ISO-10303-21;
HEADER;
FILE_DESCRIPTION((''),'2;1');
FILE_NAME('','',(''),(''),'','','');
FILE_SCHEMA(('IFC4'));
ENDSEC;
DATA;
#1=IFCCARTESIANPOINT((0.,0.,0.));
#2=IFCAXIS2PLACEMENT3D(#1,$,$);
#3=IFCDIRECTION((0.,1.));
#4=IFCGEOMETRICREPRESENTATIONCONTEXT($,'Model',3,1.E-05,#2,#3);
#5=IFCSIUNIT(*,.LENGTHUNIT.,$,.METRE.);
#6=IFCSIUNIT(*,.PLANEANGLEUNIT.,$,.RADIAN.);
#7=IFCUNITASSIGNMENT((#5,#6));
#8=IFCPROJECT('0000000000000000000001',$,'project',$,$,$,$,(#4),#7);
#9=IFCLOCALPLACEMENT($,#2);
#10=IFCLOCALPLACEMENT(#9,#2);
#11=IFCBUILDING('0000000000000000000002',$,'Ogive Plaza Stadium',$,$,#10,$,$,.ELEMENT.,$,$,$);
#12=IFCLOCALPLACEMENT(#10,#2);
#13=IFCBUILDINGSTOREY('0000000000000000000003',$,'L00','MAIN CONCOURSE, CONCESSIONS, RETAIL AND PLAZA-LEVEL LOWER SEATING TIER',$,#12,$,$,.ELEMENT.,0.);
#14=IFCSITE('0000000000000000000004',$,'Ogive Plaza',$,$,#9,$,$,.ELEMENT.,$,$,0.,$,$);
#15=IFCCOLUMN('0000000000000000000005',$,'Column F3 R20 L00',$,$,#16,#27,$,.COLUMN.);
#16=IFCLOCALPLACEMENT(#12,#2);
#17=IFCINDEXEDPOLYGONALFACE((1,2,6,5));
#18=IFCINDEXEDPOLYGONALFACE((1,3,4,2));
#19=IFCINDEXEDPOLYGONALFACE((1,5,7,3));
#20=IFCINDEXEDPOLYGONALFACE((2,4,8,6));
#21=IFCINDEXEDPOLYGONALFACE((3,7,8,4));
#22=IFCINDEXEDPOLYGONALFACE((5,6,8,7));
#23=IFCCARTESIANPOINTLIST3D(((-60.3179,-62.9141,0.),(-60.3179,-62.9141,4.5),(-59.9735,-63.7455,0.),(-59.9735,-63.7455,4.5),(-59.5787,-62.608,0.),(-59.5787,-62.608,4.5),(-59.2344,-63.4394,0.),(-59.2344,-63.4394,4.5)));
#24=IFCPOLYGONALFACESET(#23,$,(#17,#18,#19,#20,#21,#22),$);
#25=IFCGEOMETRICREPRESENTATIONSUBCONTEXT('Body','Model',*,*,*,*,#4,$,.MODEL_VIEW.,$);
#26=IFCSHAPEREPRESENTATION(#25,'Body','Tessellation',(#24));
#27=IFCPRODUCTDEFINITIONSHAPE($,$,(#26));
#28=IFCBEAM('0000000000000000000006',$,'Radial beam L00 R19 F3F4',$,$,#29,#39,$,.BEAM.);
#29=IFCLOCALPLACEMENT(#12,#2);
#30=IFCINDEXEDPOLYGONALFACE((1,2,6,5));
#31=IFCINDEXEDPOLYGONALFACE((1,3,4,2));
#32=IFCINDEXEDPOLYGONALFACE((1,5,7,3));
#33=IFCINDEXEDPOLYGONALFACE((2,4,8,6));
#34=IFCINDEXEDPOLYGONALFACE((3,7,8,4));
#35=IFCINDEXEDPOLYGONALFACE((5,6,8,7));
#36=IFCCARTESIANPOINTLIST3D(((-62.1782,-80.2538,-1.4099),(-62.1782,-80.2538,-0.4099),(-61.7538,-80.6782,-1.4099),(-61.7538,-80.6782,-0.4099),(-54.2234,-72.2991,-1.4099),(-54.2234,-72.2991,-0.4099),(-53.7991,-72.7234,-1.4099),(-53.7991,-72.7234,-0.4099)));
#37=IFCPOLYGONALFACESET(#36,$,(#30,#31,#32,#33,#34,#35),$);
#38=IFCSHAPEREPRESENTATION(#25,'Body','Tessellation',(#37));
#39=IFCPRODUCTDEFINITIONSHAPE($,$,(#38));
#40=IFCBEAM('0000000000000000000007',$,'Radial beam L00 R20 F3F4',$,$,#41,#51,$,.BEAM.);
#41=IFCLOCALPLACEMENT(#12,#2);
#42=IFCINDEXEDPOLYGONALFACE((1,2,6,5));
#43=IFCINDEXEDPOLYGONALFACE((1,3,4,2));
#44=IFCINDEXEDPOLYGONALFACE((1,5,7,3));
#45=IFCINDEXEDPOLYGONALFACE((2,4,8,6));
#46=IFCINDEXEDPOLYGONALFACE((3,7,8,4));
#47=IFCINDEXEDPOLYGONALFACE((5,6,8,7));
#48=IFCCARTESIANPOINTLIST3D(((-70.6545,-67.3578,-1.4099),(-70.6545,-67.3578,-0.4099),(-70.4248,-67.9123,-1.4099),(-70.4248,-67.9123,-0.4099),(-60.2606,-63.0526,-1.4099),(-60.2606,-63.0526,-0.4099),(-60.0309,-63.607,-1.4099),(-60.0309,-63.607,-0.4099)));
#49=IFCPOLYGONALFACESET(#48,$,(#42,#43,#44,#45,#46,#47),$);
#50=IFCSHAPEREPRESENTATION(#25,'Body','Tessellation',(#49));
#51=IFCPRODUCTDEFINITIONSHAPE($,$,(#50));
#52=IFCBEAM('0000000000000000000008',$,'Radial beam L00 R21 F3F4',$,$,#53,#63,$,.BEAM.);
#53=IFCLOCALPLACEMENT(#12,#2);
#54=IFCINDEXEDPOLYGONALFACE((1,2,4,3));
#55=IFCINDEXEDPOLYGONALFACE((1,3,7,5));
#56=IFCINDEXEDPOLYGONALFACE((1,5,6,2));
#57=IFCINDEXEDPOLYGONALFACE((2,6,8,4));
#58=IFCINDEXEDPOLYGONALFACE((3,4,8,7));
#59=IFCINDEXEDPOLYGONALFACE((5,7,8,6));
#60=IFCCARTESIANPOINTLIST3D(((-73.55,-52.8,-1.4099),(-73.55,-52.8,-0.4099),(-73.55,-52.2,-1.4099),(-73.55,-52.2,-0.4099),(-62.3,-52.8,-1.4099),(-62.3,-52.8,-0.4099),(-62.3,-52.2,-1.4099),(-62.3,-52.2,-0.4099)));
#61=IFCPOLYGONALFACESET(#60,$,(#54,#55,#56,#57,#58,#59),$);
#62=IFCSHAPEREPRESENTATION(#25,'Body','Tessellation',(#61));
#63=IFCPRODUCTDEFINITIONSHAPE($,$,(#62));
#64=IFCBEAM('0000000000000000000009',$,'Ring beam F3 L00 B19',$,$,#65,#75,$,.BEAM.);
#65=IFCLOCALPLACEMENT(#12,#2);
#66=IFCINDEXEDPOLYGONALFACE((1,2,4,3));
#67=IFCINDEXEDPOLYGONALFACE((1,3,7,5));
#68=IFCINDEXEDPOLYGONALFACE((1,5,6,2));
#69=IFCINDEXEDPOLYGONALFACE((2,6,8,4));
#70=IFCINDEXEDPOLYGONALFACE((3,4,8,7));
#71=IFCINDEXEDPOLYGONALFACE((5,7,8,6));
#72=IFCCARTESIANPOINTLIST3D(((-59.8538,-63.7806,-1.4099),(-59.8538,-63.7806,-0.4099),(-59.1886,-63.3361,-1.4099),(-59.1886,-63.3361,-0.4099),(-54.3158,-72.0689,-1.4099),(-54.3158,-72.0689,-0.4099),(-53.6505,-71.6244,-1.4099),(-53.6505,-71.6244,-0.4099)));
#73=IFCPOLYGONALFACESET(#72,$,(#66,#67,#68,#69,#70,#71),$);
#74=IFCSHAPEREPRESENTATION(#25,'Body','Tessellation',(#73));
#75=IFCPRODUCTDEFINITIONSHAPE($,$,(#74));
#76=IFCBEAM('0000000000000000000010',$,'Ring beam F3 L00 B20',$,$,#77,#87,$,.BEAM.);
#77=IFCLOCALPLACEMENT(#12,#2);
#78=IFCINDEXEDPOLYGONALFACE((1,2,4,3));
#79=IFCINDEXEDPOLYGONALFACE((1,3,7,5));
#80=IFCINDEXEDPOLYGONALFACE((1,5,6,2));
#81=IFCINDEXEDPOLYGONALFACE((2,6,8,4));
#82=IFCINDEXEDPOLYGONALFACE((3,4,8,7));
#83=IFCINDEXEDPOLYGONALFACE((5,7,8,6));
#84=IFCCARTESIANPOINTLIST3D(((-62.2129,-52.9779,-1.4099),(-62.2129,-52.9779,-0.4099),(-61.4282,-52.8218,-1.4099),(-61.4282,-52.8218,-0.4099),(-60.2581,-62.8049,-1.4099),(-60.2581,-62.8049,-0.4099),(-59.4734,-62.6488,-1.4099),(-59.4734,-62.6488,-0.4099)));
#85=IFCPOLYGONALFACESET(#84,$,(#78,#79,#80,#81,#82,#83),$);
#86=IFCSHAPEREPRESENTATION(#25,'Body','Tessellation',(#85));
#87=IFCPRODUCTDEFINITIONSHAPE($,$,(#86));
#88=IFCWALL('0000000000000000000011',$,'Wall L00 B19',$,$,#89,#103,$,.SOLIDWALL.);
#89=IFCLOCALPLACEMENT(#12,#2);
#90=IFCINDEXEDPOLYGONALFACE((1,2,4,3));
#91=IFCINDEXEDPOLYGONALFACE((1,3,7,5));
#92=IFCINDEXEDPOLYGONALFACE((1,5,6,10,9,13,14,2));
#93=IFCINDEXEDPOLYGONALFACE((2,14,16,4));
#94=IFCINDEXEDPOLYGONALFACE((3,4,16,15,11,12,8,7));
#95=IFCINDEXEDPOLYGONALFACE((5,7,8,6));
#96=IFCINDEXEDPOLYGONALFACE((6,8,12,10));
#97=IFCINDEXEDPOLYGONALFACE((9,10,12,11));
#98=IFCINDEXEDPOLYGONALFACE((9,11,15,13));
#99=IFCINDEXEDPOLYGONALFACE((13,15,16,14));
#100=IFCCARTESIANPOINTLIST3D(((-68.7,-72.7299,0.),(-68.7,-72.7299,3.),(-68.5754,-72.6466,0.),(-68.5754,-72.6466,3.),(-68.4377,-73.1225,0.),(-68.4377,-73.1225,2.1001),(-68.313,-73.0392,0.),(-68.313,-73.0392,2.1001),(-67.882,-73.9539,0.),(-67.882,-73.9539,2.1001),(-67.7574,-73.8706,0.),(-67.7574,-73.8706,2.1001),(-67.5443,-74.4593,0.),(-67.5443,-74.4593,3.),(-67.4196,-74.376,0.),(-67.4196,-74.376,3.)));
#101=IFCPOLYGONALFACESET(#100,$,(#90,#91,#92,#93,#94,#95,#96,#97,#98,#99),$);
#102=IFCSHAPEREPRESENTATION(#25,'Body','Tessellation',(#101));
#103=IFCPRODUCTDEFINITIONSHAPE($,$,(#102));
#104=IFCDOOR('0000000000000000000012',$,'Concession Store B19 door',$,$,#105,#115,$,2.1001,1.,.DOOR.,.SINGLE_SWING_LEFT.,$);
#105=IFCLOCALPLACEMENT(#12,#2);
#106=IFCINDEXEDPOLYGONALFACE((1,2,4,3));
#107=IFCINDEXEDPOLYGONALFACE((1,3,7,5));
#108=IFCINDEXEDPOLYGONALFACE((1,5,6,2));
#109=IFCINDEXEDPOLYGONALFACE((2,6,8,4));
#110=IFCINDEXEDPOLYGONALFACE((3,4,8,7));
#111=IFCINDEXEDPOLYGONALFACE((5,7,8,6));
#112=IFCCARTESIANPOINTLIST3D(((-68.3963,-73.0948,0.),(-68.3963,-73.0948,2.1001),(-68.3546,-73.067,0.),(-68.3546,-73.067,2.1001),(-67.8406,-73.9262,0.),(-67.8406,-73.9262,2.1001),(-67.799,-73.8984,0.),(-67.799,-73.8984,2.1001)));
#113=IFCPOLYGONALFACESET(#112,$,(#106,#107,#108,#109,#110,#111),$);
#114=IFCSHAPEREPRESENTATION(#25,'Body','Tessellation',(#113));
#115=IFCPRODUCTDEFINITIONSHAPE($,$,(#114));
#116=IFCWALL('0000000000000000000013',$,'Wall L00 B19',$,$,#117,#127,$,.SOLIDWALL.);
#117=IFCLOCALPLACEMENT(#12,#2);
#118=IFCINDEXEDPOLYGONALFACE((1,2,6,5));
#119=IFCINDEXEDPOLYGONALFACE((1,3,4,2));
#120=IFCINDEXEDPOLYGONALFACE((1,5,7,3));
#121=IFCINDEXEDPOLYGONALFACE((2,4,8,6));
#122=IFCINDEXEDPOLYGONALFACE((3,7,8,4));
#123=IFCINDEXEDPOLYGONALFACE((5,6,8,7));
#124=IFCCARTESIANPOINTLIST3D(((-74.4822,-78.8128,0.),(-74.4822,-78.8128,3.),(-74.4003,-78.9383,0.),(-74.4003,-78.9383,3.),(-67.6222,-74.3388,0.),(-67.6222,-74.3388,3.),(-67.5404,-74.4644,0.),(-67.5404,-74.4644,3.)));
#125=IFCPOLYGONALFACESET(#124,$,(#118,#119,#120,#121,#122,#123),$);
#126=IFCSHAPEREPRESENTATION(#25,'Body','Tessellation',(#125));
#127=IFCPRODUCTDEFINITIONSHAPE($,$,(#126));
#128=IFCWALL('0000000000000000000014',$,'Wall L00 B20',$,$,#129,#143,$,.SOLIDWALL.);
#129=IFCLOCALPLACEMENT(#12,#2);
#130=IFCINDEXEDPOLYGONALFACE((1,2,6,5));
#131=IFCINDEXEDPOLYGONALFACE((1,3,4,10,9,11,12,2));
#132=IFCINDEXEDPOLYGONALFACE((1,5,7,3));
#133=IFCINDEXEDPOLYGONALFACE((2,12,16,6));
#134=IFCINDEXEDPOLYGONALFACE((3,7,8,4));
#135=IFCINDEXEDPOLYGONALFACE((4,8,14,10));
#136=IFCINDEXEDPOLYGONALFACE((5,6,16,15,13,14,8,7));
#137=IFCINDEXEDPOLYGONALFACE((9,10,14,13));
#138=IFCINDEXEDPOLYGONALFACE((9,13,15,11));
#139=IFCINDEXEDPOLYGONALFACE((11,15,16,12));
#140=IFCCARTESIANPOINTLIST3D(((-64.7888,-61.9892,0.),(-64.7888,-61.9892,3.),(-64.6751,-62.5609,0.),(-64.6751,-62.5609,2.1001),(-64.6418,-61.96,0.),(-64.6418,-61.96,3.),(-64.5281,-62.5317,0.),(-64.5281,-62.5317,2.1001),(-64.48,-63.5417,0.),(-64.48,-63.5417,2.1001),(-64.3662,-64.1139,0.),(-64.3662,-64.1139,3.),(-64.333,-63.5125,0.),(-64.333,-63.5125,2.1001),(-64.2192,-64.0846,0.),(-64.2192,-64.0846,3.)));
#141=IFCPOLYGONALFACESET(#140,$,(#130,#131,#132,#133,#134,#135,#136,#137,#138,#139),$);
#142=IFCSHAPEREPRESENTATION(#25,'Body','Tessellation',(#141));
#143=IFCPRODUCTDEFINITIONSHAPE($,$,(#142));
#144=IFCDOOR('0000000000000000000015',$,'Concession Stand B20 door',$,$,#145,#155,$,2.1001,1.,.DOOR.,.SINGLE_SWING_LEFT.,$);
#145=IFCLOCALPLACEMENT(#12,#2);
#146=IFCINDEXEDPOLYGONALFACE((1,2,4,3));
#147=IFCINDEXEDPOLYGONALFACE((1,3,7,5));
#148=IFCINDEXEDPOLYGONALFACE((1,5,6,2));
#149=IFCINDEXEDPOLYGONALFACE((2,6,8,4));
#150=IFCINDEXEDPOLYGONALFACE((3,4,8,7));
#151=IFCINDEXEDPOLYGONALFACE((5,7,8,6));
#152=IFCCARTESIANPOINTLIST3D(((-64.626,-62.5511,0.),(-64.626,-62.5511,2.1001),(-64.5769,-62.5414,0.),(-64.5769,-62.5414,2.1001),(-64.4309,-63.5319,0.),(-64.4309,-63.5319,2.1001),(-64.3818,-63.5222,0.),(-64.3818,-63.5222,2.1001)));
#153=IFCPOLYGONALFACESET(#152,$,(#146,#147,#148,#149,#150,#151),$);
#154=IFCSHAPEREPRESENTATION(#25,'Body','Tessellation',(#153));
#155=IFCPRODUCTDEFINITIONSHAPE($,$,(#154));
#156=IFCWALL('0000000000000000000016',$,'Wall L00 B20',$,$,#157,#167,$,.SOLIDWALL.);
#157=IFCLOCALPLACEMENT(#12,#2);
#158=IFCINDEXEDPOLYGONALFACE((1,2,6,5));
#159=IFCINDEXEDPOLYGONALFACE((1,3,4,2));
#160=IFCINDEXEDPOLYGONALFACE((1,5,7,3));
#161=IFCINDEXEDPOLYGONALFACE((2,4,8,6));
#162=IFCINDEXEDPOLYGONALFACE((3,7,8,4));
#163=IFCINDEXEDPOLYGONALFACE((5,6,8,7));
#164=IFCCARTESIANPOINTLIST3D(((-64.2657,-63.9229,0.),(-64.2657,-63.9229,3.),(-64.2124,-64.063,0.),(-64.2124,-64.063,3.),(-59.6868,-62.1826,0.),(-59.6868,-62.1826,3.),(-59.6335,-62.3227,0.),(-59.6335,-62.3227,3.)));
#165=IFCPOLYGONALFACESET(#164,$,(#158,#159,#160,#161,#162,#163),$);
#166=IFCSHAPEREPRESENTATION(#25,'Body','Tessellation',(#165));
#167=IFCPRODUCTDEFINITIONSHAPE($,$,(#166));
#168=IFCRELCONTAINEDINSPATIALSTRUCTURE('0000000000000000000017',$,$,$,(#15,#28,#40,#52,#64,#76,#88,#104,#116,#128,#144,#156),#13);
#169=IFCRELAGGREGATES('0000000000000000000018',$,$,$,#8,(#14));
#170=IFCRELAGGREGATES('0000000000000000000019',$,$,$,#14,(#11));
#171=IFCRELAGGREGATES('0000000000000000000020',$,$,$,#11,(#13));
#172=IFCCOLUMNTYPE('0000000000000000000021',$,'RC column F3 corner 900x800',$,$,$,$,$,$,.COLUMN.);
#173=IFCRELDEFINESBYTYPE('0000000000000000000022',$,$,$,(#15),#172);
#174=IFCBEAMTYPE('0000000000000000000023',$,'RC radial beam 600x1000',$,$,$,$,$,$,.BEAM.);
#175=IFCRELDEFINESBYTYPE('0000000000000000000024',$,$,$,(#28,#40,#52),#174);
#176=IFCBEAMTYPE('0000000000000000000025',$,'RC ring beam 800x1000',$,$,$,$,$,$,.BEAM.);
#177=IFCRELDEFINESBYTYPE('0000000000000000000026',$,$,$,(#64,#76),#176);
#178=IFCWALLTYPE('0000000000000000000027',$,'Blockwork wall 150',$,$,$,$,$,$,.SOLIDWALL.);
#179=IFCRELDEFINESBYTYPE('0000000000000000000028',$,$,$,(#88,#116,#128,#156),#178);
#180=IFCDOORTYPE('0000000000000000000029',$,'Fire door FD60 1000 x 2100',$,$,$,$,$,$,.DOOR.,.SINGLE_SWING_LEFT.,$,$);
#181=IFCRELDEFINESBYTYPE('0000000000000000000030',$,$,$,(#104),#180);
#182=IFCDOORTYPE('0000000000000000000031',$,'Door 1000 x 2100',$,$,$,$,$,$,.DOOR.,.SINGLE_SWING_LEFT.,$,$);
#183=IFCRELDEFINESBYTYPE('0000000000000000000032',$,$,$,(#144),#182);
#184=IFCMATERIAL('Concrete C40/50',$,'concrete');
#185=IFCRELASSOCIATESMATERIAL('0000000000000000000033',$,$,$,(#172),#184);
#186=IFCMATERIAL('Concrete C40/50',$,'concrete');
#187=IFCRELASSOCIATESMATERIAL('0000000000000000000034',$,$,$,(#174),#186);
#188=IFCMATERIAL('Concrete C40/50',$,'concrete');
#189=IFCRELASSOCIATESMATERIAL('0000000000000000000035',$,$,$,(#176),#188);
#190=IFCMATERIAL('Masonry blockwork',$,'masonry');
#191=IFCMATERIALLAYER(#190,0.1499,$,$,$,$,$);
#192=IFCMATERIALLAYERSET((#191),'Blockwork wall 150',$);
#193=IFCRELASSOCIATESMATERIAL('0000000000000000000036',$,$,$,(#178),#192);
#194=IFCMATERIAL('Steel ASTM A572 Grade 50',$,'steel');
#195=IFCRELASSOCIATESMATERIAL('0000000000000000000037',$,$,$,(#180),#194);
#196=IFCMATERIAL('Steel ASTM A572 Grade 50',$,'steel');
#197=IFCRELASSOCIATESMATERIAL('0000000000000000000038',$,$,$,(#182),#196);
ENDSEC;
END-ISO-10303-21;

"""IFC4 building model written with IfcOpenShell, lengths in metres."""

from ifc_helpers import new_model, si_unit, direction, frame, frame_2d, origin, origin_2d, place, context, subcontext, project, spatial, rectangle, extrude, material, layer, layer_set, material_profile, profile_set, type_object, element, fill, save


model = new_model("IFC4")

# Units and contexts
model_context = context("Model", 3, precision=1e-05, world=origin(), true_north=direction((0.0, 1.0)))
body_context = subcontext(model_context, "Body", "Model", "MODEL_VIEW")
ifc_project = project(units=[si_unit("LENGTHUNIT", "METRE"), si_unit("PLANEANGLEUNIT", "RADIAN")], contexts=[model_context])

# Site, building, storey
site_placement = place(None, origin())
site = spatial("IfcSite", under=ifc_project, at=site_placement, Name="Ogive Plaza", CompositionType="ELEMENT", RefElevation=0.0)
building_placement = place(site_placement, origin())
building = spatial("IfcBuilding", under=site, at=building_placement, Name="Ogive Plaza Stadium", CompositionType="ELEMENT")
storey_placement = place(building_placement, origin())
storey = spatial("IfcBuildingStorey", under=building, at=storey_placement, Name="L00", Description="MAIN CONCOURSE, CONCESSIONS, RETAIL AND PLAZA-LEVEL LOWER SEATING TIER", CompositionType="ELEMENT", Elevation=0.0)

# Column
ifc_material_1 = material(Name="Concrete C40/50", Category="concrete")
ifc_material_profile_1 = material_profile(ifc_material_1, rectangle(XDim=0.8999, YDim=0.8, at=origin_2d()), Name="RC 900x800")
ifc_profile_set_1 = profile_set([ifc_material_profile_1], Name="Concrete C40/50")
column_type = type_object("IfcColumnType", Name="RC column F3 corner 900x800", PredefinedType="COLUMN", material=ifc_profile_set_1)
column_placement = place(storey_placement, frame((-59.7761, -63.1768, 0.0), z_axis=(0.0, 0.0, 1.0), x_axis=(0.382683, -0.92388, 0.0)))
element("IfcColumn", 1, at=column_placement, inside=storey, type_object=column_type, Name="Column F3 R20 L00", PredefinedType="COLUMN", context=body_context, shape_type="SweptSolid", body=[
    extrude(rectangle(XDim=0.8999, YDim=0.8, at=origin_2d()), origin(), (0.0, 0.0, 1.0), 4.5),
])

# Beams
ifc_material_2 = material(Name="Concrete C40/50", Category="concrete")
ifc_material_profile_2 = material_profile(ifc_material_2, rectangle(XDim=0.6001, YDim=1.0, at=origin_2d()), Name="RC 600x1000")
ifc_profile_set_2 = profile_set([ifc_material_profile_2], Name="Concrete C40/50")
beam_type_1 = type_object("IfcBeamType", Name="RC radial beam 600x1000", PredefinedType="BEAM", material=ifc_profile_set_2)
beam_1_placement = place(storey_placement, frame((-54.0112, -72.5112, -0.9099), z_axis=(-0.707107, -0.707107, 0.0), x_axis=(0.707107, -0.707107, 0.0)))
element("IfcBeam", 2, at=beam_1_placement, inside=storey, type_object=beam_type_1, Name="Radial beam L00 R19 F3F4", PredefinedType="BEAM", context=body_context, shape_type="SweptSolid", body=[
    extrude(rectangle(XDim=0.6001, YDim=1.0, at=origin_2d()), origin(), (0.0, 0.0, 1.0), 11.2498),
])
beam_2_placement = place(storey_placement, frame((-60.1458, -63.3298, -0.9099), z_axis=(-0.923882, -0.382678, 0.0), x_axis=(0.382678, -0.923882, 0.0)))
element("IfcBeam", 3, at=beam_2_placement, inside=storey, type_object=beam_type_1, Name="Radial beam L00 R20 F3F4", PredefinedType="BEAM", context=body_context, shape_type="SweptSolid", body=[
    extrude(rectangle(XDim=0.6001, YDim=1.0, at=origin_2d()), origin(), (0.0, 0.0, 1.0), 11.2502),
])
beam_3_placement = place(storey_placement, frame((-62.3, -52.5, -0.9099), z_axis=(-1.0, 0.0, 0.0), x_axis=(0.0, -1.0, 0.0)))
element("IfcBeam", 4, at=beam_3_placement, inside=storey, type_object=beam_type_1, Name="Radial beam L00 R21 F3F4", PredefinedType="BEAM", context=body_context, shape_type="SweptSolid", body=[
    extrude(rectangle(XDim=0.6001, YDim=1.0, at=origin_2d()), origin(), (0.0, 0.0, 1.0), 11.25),
])
ifc_material_3 = material(Name="Concrete C40/50", Category="concrete")
ifc_material_profile_3 = material_profile(ifc_material_3, rectangle(XDim=0.8, YDim=1.0, at=origin_2d()), Name="RC 800x1000")
ifc_profile_set_3 = profile_set([ifc_material_profile_3], Name="Concrete C40/50")
beam_type_2 = type_object("IfcBeamType", Name="RC ring beam 800x1000", PredefinedType="BEAM", material=ifc_profile_set_3)
beam_4_placement = place(storey_placement, frame((-53.9832, -71.8467, -0.9099), z_axis=(-0.55557, 0.83147, 0.0), x_axis=(-0.83147, -0.55557, 0.0)))
element("IfcBeam", 5, at=beam_4_placement, inside=storey, type_object=beam_type_2, Name="Ring beam F3 L00 B19", PredefinedType="BEAM", context=body_context, shape_type="SweptSolid", body=[
    extrude(rectangle(XDim=0.8, YDim=1.0, at=origin_2d()), origin(), (0.0, 0.0, 1.0), 9.9683),
])
beam_5_placement = place(storey_placement, frame((-59.8657, -62.7268, -0.9099), z_axis=(-0.195104, 0.980783, 0.0), x_axis=(-0.980783, -0.195104, 0.0)))
element("IfcBeam", 6, at=beam_5_placement, inside=storey, type_object=beam_type_2, Name="Ring beam F3 L00 B20", PredefinedType="BEAM", context=body_context, shape_type="SweptSolid", body=[
    extrude(rectangle(XDim=0.8, YDim=1.0, at=origin_2d()), origin(), (0.0, 0.0, 1.0), 10.0195),
])

# Wall, opening, door
ifc_material_4 = material(Name="Masonry blockwork", Category="masonry")
ifc_layer_1 = layer(ifc_material_4, 0.1499)
ifc_layer_set_1 = layer_set([ifc_layer_1], Name="Blockwork wall 150")
wall_type_1 = type_object("IfcWallType", Name="Blockwork wall 150", PredefinedType="SOLIDWALL", material=ifc_layer_set_1)
wall_1_placement = place(storey_placement, frame((-68.6377, -72.6882, 0.0), z_axis=(0.0, 0.0, 1.0), x_axis=(0.555621, -0.831436, 0.0)))
wall_1 = element("IfcWall", 7, at=wall_1_placement, inside=storey, type_object=wall_type_1, Name="Wall L00 B19", PredefinedType="SOLIDWALL", context=body_context, shape_type="SweptSolid", body=[
    extrude(rectangle(XDim=2.0801, YDim=0.1499, at=frame_2d((1.04, 0.0))), origin(), (0.0, 0.0, 1.0), 3.0),
])
opening_1_placement = place(wall_1_placement, frame((0.4722, 0.0, 0.0)))
opening_1 = element("IfcOpeningElement", 8, at=opening_1_placement, cuts=wall_1, PredefinedType="OPENING", context=body_context, shape_type="SweptSolid", body=[
    extrude(rectangle(XDim=1.0, YDim=2.1001, at=frame_2d((0.5, 1.05))), frame((0.0, 0.075, 0.0), z_axis=(0.0, -1.0, 0.0), x_axis=(1.0, 0.0, 0.0)), (0.0, 0.0, 1.0), 0.1499),
])
ifc_material_5 = material(Name="Steel ASTM A572 Grade 50", Category="steel")
door_type_1 = type_object("IfcDoorType", Name="Fire door FD60 1000 x 2100", OperationType="SINGLE_SWING_LEFT", PredefinedType="DOOR", material=ifc_material_5)
door_1_placement = place(opening_1_placement, origin())
door_1 = element("IfcDoor", 9, at=door_1_placement, inside=storey, type_object=door_type_1, Name="Concession Store B19 door", OperationType="SINGLE_SWING_LEFT", OverallHeight=2.1001, OverallWidth=1.0, PredefinedType="DOOR", context=body_context, shape_type="SweptSolid", body=[
    extrude(rectangle(XDim=1.0, YDim=2.1001, at=frame_2d((0.5, 1.05))), frame((0.0, 0.0249, 0.0), z_axis=(0.0, -1.0, 0.0), x_axis=(1.0, 0.0, 0.0)), (0.0, 0.0, 1.0), 0.05),
])
fill(opening_1, door_1)

# Wall
wall_2_placement = place(storey_placement, frame((-67.5813, -74.4016, 0.0), z_axis=(0.0, 0.0, 1.0), x_axis=(-0.837608, -0.546272, 0.0)))
element("IfcWall", 10, at=wall_2_placement, inside=storey, type_object=wall_type_1, Name="Wall L00 B19", PredefinedType="SOLIDWALL", context=body_context, shape_type="SweptSolid", body=[
    extrude(rectangle(XDim=8.1899, YDim=0.1499, at=frame_2d((4.095, 0.0))), origin(), (0.0, 0.0, 1.0), 3.0),
])

# Wall, opening, door
wall_3_placement = place(storey_placement, frame((-64.2927, -64.0991, 0.0), z_axis=(0.0, 0.0, 1.0), x_axis=(-0.195076, 0.980788, 0.0)))
wall_3 = element("IfcWall", 11, at=wall_3_placement, inside=storey, type_object=wall_type_1, Name="Wall L00 B20", PredefinedType="SOLIDWALL", context=body_context, shape_type="SweptSolid", body=[
    extrude(rectangle(XDim=2.1663, YDim=0.1499, at=frame_2d((1.083, 0.0))), origin(), (0.0, 0.0, 1.0), 3.0),
])
opening_2_placement = place(wall_3_placement, frame((0.5833, 0.0, 0.0)))
opening_2 = element("IfcOpeningElement", 12, at=opening_2_placement, cuts=wall_3, PredefinedType="OPENING", context=body_context, shape_type="SweptSolid", body=[
    extrude(rectangle(XDim=1.0, YDim=2.1001, at=frame_2d((0.5, 1.05))), frame((0.0, 0.075, 0.0), z_axis=(0.0, -1.0, 0.0), x_axis=(1.0, 0.0, 0.0)), (0.0, 0.0, 1.0), 0.1499),
])
ifc_material_6 = material(Name="Steel ASTM A572 Grade 50", Category="steel")
door_type_2 = type_object("IfcDoorType", Name="Door 1000 x 2100", OperationType="SINGLE_SWING_LEFT", PredefinedType="DOOR", material=ifc_material_6)
door_2_placement = place(opening_2_placement, origin())
door_2 = element("IfcDoor", 13, at=door_2_placement, inside=storey, type_object=door_type_2, Name="Concession Stand B20 door", OperationType="SINGLE_SWING_LEFT", OverallHeight=2.1001, OverallWidth=1.0, PredefinedType="DOOR", context=body_context, shape_type="SweptSolid", body=[
    extrude(rectangle(XDim=1.0, YDim=2.1001, at=frame_2d((0.5, 1.05))), frame((0.0, 0.0249, 0.0), z_axis=(0.0, -1.0, 0.0), x_axis=(1.0, 0.0, 0.0)), (0.0, 0.0, 1.0), 0.05),
])
fill(opening_2, door_2)

# Wall
wall_4_placement = place(storey_placement, frame((-59.6602, -62.2527, 0.0), z_axis=(0.0, 0.0, 1.0), x_axis=(-0.934765, -0.355266, 0.0)))
element("IfcWall", 14, at=wall_4_placement, inside=storey, type_object=wall_type_1, Name="Wall L00 B20", PredefinedType="SOLIDWALL", context=body_context, shape_type="SweptSolid", body=[
    extrude(rectangle(XDim=4.8984, YDim=0.1499, at=frame_2d((2.4492, 0.0))), origin(), (0.0, 0.0, 1.0), 3.0),
])

save(model, "model.ifc")
